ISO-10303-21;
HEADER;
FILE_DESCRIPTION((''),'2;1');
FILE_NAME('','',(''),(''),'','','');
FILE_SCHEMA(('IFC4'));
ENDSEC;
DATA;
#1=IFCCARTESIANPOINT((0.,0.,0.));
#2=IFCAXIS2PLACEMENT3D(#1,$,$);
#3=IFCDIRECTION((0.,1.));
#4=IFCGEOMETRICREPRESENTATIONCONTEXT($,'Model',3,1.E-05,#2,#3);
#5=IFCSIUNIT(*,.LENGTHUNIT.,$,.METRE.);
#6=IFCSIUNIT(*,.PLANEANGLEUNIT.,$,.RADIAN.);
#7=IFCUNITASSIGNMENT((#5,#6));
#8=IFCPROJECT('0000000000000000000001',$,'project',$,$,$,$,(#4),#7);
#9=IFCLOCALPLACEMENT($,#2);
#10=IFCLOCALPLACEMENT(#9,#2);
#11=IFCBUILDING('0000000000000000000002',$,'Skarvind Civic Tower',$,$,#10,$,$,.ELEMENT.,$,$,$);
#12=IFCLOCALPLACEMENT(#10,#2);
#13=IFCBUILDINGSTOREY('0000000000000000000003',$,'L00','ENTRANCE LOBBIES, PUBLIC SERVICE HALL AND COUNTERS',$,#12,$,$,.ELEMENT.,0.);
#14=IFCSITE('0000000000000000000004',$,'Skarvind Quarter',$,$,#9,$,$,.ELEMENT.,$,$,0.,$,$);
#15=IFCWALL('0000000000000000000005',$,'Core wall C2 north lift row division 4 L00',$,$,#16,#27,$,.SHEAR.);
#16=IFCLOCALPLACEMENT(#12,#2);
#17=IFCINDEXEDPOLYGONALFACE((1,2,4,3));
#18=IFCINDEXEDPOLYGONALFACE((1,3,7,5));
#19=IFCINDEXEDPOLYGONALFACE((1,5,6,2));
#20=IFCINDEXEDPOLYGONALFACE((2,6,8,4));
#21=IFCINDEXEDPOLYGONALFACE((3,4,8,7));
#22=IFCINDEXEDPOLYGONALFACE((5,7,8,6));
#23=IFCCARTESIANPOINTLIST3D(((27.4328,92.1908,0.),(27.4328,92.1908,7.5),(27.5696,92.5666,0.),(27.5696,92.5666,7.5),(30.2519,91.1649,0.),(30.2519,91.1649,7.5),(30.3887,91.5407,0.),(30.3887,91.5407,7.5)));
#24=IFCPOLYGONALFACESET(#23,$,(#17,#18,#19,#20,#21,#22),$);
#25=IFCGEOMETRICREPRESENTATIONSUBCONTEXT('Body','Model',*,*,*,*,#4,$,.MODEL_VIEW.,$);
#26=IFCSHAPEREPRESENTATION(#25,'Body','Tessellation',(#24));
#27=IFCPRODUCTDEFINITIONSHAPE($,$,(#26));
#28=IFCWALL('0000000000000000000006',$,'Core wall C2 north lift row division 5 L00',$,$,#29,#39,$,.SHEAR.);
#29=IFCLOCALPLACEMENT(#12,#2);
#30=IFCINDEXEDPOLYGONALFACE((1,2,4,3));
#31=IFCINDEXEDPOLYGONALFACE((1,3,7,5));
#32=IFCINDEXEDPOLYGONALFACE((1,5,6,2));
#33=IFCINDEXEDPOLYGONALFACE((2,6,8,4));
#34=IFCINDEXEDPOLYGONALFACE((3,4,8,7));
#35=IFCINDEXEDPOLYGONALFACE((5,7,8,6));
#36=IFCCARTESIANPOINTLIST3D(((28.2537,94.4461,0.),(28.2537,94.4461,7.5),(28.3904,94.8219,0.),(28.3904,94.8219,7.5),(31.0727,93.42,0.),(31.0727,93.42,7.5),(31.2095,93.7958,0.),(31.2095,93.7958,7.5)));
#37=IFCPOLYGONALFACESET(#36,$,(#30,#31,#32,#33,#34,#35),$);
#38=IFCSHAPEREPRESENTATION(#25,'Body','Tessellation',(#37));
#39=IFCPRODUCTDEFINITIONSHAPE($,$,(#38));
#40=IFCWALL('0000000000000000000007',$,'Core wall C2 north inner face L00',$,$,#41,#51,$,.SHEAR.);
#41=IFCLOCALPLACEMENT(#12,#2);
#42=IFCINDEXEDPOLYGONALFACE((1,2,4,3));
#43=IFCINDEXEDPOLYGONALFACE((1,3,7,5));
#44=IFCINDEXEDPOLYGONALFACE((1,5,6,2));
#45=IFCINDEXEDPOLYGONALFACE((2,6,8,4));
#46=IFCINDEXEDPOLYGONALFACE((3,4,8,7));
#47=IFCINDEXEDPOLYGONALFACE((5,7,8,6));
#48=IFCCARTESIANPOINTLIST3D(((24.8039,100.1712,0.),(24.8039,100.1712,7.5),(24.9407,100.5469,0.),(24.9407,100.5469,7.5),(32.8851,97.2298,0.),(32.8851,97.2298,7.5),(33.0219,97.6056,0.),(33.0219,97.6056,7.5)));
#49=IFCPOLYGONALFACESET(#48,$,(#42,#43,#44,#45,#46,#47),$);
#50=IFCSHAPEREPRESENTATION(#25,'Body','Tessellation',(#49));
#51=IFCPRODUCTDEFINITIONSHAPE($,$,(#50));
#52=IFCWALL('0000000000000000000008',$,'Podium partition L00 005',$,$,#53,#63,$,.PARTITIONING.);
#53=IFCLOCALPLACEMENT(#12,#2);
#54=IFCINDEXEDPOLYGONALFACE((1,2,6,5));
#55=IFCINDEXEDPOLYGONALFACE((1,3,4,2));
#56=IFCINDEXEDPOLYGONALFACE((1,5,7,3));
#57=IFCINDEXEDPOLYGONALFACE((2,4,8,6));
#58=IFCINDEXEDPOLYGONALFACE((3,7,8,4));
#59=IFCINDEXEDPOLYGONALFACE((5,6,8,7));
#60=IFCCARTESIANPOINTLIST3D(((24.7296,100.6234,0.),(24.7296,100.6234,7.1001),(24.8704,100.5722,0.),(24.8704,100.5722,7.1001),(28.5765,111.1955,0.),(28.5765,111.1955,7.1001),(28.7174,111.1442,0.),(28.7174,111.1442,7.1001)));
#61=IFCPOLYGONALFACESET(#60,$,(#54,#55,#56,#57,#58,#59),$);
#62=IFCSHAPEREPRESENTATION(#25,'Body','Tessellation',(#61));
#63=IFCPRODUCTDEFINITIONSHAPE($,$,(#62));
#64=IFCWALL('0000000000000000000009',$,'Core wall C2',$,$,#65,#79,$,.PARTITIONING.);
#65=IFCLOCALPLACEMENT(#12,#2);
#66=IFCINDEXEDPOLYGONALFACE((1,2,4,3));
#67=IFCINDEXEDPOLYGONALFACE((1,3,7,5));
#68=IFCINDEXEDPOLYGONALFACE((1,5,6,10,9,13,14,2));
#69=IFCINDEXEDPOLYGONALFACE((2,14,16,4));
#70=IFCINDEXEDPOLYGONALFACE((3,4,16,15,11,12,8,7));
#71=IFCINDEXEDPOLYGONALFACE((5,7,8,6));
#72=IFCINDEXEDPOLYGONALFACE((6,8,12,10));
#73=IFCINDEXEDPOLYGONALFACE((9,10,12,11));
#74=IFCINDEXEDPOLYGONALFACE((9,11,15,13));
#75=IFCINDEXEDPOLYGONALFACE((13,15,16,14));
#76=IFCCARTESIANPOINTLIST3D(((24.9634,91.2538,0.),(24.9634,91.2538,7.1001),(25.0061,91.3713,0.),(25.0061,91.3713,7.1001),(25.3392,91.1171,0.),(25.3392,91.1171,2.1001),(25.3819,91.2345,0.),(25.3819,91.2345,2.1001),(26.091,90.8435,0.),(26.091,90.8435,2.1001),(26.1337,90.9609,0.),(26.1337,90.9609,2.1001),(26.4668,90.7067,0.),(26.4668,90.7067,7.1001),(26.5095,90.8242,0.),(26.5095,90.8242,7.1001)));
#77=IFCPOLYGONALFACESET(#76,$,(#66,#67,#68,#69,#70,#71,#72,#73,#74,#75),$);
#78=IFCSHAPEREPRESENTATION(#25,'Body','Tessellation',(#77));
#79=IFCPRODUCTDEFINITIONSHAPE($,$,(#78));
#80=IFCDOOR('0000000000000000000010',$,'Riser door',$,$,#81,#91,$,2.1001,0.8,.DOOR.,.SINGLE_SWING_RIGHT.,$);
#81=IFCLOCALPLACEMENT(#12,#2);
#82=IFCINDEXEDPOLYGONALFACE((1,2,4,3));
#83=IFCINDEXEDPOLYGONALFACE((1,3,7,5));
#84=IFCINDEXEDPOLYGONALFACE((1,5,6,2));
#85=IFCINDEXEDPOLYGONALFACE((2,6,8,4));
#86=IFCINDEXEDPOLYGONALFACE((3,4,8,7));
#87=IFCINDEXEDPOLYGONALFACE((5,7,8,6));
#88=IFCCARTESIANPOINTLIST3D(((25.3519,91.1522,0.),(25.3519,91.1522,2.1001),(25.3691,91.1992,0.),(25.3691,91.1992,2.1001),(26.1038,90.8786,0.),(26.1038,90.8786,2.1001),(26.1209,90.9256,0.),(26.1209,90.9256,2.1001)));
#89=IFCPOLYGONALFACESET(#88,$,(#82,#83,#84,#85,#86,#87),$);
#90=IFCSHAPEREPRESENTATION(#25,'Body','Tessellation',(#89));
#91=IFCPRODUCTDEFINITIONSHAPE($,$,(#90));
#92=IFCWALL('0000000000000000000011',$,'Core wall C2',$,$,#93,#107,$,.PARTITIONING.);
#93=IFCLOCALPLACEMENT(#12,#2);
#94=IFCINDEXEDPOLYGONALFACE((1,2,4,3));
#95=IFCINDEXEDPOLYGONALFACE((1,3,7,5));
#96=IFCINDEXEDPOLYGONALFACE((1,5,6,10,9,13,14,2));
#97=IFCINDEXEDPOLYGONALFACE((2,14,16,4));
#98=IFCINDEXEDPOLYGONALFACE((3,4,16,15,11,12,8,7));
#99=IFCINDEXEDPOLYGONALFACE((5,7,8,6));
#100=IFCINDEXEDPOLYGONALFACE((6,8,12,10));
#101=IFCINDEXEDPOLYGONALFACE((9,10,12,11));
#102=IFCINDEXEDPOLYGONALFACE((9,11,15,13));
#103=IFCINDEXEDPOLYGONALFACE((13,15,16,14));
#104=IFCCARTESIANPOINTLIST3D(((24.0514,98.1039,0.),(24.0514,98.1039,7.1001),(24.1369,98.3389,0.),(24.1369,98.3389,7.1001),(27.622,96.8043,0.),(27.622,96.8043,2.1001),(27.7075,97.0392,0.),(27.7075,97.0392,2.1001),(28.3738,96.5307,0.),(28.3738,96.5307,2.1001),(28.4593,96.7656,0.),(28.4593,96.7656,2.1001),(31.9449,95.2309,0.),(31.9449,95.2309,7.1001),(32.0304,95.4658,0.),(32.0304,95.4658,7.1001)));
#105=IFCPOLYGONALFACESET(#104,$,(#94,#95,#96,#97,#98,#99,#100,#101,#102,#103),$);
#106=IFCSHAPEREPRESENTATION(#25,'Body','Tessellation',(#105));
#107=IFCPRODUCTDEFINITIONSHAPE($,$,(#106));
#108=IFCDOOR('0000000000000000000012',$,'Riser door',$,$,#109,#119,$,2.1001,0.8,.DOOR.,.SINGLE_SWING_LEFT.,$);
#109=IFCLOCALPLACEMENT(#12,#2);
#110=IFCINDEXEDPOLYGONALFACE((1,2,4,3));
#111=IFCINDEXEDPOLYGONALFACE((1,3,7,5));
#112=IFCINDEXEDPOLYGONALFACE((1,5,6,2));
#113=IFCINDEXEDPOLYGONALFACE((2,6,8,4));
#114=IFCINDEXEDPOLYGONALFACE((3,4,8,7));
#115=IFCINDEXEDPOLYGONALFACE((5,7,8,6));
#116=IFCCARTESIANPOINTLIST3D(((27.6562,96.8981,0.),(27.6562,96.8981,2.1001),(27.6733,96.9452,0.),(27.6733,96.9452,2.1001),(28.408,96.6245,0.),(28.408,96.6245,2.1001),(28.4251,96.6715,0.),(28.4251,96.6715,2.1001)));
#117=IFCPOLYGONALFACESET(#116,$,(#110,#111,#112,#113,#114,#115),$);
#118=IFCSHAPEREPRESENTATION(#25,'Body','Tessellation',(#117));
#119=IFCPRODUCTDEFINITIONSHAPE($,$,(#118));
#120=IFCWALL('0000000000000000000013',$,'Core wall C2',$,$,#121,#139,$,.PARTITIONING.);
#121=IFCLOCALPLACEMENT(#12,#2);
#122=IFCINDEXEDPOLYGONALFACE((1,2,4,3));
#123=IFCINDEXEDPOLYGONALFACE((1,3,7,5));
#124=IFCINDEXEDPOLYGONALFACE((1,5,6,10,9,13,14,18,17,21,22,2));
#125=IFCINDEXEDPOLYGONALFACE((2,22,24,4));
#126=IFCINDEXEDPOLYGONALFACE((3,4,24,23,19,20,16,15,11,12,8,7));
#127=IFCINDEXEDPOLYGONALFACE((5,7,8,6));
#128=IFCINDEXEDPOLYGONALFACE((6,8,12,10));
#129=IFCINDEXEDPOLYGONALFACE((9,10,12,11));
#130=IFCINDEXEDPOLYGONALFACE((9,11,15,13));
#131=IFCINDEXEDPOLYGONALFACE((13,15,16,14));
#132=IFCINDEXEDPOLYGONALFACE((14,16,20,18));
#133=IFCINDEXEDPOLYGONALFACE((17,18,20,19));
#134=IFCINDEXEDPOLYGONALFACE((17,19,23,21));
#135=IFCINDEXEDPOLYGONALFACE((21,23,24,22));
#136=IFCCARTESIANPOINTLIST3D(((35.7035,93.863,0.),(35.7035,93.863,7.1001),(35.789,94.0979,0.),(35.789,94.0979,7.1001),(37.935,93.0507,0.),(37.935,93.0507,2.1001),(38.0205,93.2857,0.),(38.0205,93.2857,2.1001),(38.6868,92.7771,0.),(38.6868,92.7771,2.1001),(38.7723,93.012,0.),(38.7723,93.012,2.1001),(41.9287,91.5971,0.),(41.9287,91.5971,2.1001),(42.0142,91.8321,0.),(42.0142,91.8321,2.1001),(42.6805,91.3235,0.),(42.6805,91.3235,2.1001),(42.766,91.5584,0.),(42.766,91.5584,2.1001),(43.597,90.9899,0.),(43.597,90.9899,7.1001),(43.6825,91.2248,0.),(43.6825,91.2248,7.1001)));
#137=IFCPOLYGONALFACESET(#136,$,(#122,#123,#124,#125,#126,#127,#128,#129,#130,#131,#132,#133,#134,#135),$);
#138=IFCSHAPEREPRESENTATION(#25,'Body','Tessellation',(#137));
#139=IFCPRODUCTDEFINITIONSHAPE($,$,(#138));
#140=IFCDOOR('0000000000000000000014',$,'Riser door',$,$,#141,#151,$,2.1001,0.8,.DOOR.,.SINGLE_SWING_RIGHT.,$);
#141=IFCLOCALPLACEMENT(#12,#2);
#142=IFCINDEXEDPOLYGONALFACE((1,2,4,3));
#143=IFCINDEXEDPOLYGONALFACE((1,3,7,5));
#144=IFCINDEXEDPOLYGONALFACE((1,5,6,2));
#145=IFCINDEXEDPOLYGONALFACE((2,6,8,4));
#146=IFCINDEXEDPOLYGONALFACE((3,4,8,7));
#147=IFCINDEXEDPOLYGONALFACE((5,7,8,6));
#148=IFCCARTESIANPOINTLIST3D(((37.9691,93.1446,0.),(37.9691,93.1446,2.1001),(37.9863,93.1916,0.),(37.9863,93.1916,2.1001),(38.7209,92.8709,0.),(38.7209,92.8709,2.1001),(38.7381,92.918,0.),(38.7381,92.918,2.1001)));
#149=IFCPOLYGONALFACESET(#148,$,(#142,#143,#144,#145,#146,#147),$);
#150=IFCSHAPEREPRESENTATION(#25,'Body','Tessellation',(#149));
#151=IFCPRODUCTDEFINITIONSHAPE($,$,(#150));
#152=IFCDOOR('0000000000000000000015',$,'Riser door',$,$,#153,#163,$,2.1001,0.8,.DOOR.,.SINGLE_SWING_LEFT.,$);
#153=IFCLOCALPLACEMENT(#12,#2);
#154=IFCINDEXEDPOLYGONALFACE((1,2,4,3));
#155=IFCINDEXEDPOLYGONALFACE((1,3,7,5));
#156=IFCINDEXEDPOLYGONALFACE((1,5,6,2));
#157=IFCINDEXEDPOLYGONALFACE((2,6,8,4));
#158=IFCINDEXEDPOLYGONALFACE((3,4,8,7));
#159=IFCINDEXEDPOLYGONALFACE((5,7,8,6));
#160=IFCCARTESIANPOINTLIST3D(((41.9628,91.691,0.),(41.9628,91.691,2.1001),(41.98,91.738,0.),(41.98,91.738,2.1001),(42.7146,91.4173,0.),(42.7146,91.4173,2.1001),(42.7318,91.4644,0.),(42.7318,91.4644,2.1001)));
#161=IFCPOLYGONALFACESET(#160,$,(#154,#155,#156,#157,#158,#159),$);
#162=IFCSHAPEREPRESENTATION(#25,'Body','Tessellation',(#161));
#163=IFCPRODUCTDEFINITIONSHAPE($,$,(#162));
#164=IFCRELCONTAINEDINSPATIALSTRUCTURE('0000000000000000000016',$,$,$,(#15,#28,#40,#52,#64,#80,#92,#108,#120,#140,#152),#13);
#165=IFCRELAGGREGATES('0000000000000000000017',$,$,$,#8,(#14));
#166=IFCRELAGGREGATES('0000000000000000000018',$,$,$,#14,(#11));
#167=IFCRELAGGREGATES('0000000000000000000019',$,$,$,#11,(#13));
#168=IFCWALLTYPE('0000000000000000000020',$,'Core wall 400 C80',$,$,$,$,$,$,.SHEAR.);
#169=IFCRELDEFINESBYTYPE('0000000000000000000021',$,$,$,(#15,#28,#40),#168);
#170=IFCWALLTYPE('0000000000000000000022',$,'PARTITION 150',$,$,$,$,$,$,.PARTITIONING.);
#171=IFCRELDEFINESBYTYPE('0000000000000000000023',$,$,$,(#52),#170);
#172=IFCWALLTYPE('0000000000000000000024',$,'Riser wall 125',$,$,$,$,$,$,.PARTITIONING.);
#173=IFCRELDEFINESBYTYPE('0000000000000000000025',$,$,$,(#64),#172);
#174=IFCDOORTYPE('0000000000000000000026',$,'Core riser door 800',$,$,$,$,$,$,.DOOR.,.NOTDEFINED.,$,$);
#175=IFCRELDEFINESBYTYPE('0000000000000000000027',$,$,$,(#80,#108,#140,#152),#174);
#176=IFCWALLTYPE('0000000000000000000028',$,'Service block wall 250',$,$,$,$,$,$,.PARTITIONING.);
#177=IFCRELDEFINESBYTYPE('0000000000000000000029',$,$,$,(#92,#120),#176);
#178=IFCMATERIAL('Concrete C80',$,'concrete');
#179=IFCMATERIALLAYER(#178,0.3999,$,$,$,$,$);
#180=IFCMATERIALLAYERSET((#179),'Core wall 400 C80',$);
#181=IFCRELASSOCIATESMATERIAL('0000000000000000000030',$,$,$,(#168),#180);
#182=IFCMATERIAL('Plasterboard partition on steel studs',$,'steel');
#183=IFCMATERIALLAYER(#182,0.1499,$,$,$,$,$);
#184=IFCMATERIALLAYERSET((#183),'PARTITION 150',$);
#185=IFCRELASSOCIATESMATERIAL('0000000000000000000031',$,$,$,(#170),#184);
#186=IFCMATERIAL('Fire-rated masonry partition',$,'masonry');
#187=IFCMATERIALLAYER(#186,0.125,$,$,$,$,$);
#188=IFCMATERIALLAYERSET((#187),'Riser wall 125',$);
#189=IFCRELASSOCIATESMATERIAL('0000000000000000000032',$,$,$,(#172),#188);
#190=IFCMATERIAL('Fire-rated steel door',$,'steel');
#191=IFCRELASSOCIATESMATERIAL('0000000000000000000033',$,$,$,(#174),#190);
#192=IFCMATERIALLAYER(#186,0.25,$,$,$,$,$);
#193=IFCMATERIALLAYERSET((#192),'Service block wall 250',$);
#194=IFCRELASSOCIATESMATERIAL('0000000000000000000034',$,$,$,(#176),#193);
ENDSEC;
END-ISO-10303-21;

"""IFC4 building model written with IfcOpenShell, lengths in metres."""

from ifc_helpers import new_model, si_unit, direction, frame, frame_2d, origin, place, context, subcontext, project, spatial, rectangle, extrude, material, layer, layer_set, type_object, element, fill, save


model = new_model("IFC4")

# Units and contexts
model_context = context("Model", 3, precision=1e-05, world=origin(), true_north=direction((0.0, 1.0)))
body_context = subcontext(model_context, "Body", "Model", "MODEL_VIEW")
ifc_project = project(units=[si_unit("LENGTHUNIT", "METRE"), si_unit("PLANEANGLEUNIT", "RADIAN")], contexts=[model_context])

# Site, building, storey
site_placement = place(None, origin())
site = spatial("IfcSite", under=ifc_project, at=site_placement, Name="Skarvind Quarter", CompositionType="ELEMENT", RefElevation=0.0)
building_placement = place(site_placement, origin())
building = spatial("IfcBuilding", under=site, at=building_placement, Name="Skarvind Civic Tower", CompositionType="ELEMENT")
storey_placement = place(building_placement, origin())
storey = spatial("IfcBuildingStorey", under=building, at=storey_placement, Name="L00", Description="ENTRANCE LOBBIES, PUBLIC SERVICE HALL AND COUNTERS", CompositionType="ELEMENT", Elevation=0.0)

# Shared definitions
ifc_material_1 = material(Name="Concrete C80", Category="concrete")

# Shared definitions
ifc_material_2 = material(Name="Fire-rated masonry partition", Category="masonry")
ifc_material_3 = material(Name="Fire-rated steel door", Category="steel")
ifc_layer_1 = layer(ifc_material_1, 0.3999)
ifc_layer_set_1 = layer_set([ifc_layer_1], Name="Core wall 400 C80")
wall_type_1 = type_object("IfcWallType", Name="Core wall 400 C80", PredefinedType="SHEAR", material=ifc_layer_set_1)

# Walls
for number, where, z_axis, x_axis, name in (
    (1, (30.3203, 91.3528, 0.0), (0.0, 0.0, 1.0), (-0.939713, 0.341965, 0.0), "Core wall C2 north lift row division 4 L00"),
    (2, (31.1411, 93.6079, 0.0), (0.0, 0.0, 1.0), (-0.939686, 0.342037, 0.0), "Core wall C2 north lift row division 5 L00"),
):
    element("IfcWall", number, at=place(storey_placement, frame(where, z_axis=z_axis, x_axis=x_axis)), inside=storey, type_object=wall_type_1, Name=name, PredefinedType="SHEAR", context=body_context, shape_type="SweptSolid", body=[
        extrude(rectangle(XDim=3.0, YDim=0.3999, at=frame_2d((1.5, 0.0))), origin(), (0.0, 0.0, 1.0), 7.5),
    ])
wall_1_placement = place(storey_placement, frame((32.9534, 97.4177, 0.0), z_axis=(0.0, 0.0, 1.0), x_axis=(-0.939691, 0.342026, 0.0)))
element("IfcWall", 3, at=wall_1_placement, inside=storey, type_object=wall_type_1, Name="Core wall C2 north inner face L00", PredefinedType="SHEAR", context=body_context, shape_type="SweptSolid", body=[
    extrude(rectangle(XDim=8.5999, YDim=0.3999, at=frame_2d((4.2998, 0.0))), origin(), (0.0, 0.0, 1.0), 7.5),
])
ifc_material_4 = material(Name="Plasterboard partition on steel studs", Category="steel")
ifc_layer_2 = layer(ifc_material_4, 0.1499)
ifc_layer_set_2 = layer_set([ifc_layer_2], Name="PARTITION 150")
wall_type_2 = type_object("IfcWallType", Name="PARTITION 150", PredefinedType="PARTITIONING", material=ifc_layer_set_2)
wall_2_placement = place(storey_placement, frame((24.8, 100.5979, 0.0), z_axis=(0.0, 0.0, 1.0), x_axis=(0.341943, 0.939721, 0.0)))
element("IfcWall", 4, at=wall_2_placement, inside=storey, type_object=wall_type_2, Name="Podium partition L00 005", PredefinedType="PARTITIONING", context=body_context, shape_type="SweptSolid", body=[
    extrude(rectangle(XDim=11.2502, YDim=0.1499, at=frame_2d((5.625, 0.0))), origin(), (0.0, 0.0, 1.0), 7.1001),
])

# Walls, openings, doors
ifc_layer_3 = layer(ifc_material_2, 0.125)
ifc_layer_set_3 = layer_set([ifc_layer_3], Name="Riser wall 125")
wall_type_3 = type_object("IfcWallType", Name="Riser wall 125", PredefinedType="PARTITIONING", material=ifc_layer_set_3)
wall_3_placement = place(storey_placement, frame((24.9849, 91.3125, 0.0), z_axis=(0.0, 0.0, 1.0), x_axis=(0.939709, -0.341976, 0.0)))
wall_3 = element("IfcWall", 5, at=wall_3_placement, inside=storey, type_object=wall_type_3, Name="Core wall C2", PredefinedType="PARTITIONING", context=body_context, shape_type="SweptSolid", body=[
    extrude(rectangle(XDim=1.5999, YDim=0.125, at=frame_2d((0.7998, 0.0))), origin(), (0.0, 0.0, 1.0), 7.1001),
])
opening_1_placement = place(wall_3_placement, frame((0.3999, 0.0, 0.0)))
opening_1 = element("IfcOpeningElement", 6, at=opening_1_placement, cuts=wall_3, PredefinedType="OPENING", context=body_context, shape_type="SweptSolid", body=[
    extrude(rectangle(XDim=0.8, YDim=2.1001, at=frame_2d((0.3999, 1.05))), frame((0.0, 0.0725, 0.0), z_axis=(0.0, -1.0, 0.0), x_axis=(1.0, 0.0, 0.0)), (0.0, 0.0, 1.0), 0.145),
])
door_type_1 = type_object("IfcDoorType", Name="Core riser door 800", OperationType="NOTDEFINED", PredefinedType="DOOR", material=ifc_material_3)
door_1_placement = place(opening_1_placement, origin())
door_1 = element("IfcDoor", 7, at=door_1_placement, inside=storey, type_object=door_type_1, Name="Riser door", OperationType="SINGLE_SWING_RIGHT", OverallHeight=2.1001, OverallWidth=0.8, PredefinedType="DOOR", context=body_context, shape_type="SweptSolid", body=[
    extrude(rectangle(XDim=0.8, YDim=2.1001, at=frame_2d((0.3999, 1.05))), frame((0.0, 0.0249, 0.0), z_axis=(0.0, -1.0, 0.0), x_axis=(1.0, 0.0, 0.0)), (0.0, 0.0, 1.0), 0.05),
])
fill(opening_1, door_1)
ifc_layer_4 = layer(ifc_material_2, 0.25)
ifc_layer_set_4 = layer_set([ifc_layer_4], Name="Service block wall 250")
wall_type_4 = type_object("IfcWallType", Name="Service block wall 250", PredefinedType="PARTITIONING", material=ifc_layer_set_4)
wall_4_placement = place(storey_placement, frame((24.094, 98.2214, 0.0), z_axis=(0.0, 0.0, 1.0), x_axis=(0.939692, -0.342023, 0.0)))
wall_4 = element("IfcWall", 8, at=wall_4_placement, inside=storey, type_object=wall_type_4, Name="Core wall C2", PredefinedType="PARTITIONING", context=body_context, shape_type="SweptSolid", body=[
    extrude(rectangle(XDim=8.4001, YDim=0.25, at=frame_2d((4.2002, 0.0))), origin(), (0.0, 0.0, 1.0), 7.1001),
])
opening_2_placement = place(wall_4_placement, frame((3.8, 0.0, 0.0)))
opening_2 = element("IfcOpeningElement", 9, at=opening_2_placement, cuts=wall_4, PredefinedType="OPENING", context=body_context, shape_type="SweptSolid", body=[
    extrude(rectangle(XDim=0.8, YDim=2.1001, at=frame_2d((0.3999, 1.05))), frame((0.0, 0.135, 0.0), z_axis=(0.0, -1.0, 0.0), x_axis=(1.0, 0.0, 0.0)), (0.0, 0.0, 1.0), 0.27),
])
door_2_placement = place(opening_2_placement, origin())
door_2 = element("IfcDoor", 10, at=door_2_placement, inside=storey, type_object=door_type_1, Name="Riser door", OperationType="SINGLE_SWING_LEFT", OverallHeight=2.1001, OverallWidth=0.8, PredefinedType="DOOR", context=body_context, shape_type="SweptSolid", body=[
    extrude(rectangle(XDim=0.8, YDim=2.1001, at=frame_2d((0.3999, 1.05))), frame((0.0, 0.0249, 0.0), z_axis=(0.0, -1.0, 0.0), x_axis=(1.0, 0.0, 0.0)), (0.0, 0.0, 1.0), 0.05),
])
fill(opening_2, door_2)

# Wall, openings, doors
wall_5_placement = place(storey_placement, frame((35.7461, 93.9805, 0.0), z_axis=(0.0, 0.0, 1.0), x_axis=(0.939692, -0.342023, 0.0)))
wall_5 = element("IfcWall", 11, at=wall_5_placement, inside=storey, type_object=wall_type_4, Name="Core wall C2", PredefinedType="PARTITIONING", context=body_context, shape_type="SweptSolid", body=[
    extrude(rectangle(XDim=8.4001, YDim=0.25, at=frame_2d((4.2002, 0.0))), origin(), (0.0, 0.0, 1.0), 7.1001),
])
opening_3_placement = place(wall_5_placement, frame((2.375, 0.0, 0.0)))
opening_3 = element("IfcOpeningElement", 12, at=opening_3_placement, cuts=wall_5, PredefinedType="OPENING", context=body_context, shape_type="SweptSolid", body=[
    extrude(rectangle(XDim=0.8, YDim=2.1001, at=frame_2d((0.3999, 1.05))), frame((0.0, 0.135, 0.0), z_axis=(0.0, -1.0, 0.0), x_axis=(1.0, 0.0, 0.0)), (0.0, 0.0, 1.0), 0.27),
])
opening_4_placement = place(wall_5_placement, frame((6.625, 0.0, 0.0)))
opening_4 = element("IfcOpeningElement", 13, at=opening_4_placement, cuts=wall_5, PredefinedType="OPENING", context=body_context, shape_type="SweptSolid", body=[
    extrude(rectangle(XDim=0.8, YDim=2.1001, at=frame_2d((0.3999, 1.05))), frame((0.0, 0.135, 0.0), z_axis=(0.0, -1.0, 0.0), x_axis=(1.0, 0.0, 0.0)), (0.0, 0.0, 1.0), 0.27),
])
door_3_placement = place(opening_3_placement, origin())
door_3 = element("IfcDoor", 14, at=door_3_placement, inside=storey, type_object=door_type_1, Name="Riser door", OperationType="SINGLE_SWING_RIGHT", OverallHeight=2.1001, OverallWidth=0.8, PredefinedType="DOOR", context=body_context, shape_type="SweptSolid", body=[
    extrude(rectangle(XDim=0.8, YDim=2.1001, at=frame_2d((0.3999, 1.05))), frame((0.0, 0.0249, 0.0), z_axis=(0.0, -1.0, 0.0), x_axis=(1.0, 0.0, 0.0)), (0.0, 0.0, 1.0), 0.05),
])
fill(opening_3, door_3)
door_4_placement = place(opening_4_placement, origin())
door_4 = element("IfcDoor", 15, at=door_4_placement, inside=storey, type_object=door_type_1, Name="Riser door", OperationType="SINGLE_SWING_LEFT", OverallHeight=2.1001, OverallWidth=0.8, PredefinedType="DOOR", context=body_context, shape_type="SweptSolid", body=[
    extrude(rectangle(XDim=0.8, YDim=2.1001, at=frame_2d((0.3999, 1.05))), frame((0.0, 0.0249, 0.0), z_axis=(0.0, -1.0, 0.0), x_axis=(1.0, 0.0, 0.0)), (0.0, 0.0, 1.0), 0.05),
])
fill(opening_4, door_4)

save(model, "model.ifc")
